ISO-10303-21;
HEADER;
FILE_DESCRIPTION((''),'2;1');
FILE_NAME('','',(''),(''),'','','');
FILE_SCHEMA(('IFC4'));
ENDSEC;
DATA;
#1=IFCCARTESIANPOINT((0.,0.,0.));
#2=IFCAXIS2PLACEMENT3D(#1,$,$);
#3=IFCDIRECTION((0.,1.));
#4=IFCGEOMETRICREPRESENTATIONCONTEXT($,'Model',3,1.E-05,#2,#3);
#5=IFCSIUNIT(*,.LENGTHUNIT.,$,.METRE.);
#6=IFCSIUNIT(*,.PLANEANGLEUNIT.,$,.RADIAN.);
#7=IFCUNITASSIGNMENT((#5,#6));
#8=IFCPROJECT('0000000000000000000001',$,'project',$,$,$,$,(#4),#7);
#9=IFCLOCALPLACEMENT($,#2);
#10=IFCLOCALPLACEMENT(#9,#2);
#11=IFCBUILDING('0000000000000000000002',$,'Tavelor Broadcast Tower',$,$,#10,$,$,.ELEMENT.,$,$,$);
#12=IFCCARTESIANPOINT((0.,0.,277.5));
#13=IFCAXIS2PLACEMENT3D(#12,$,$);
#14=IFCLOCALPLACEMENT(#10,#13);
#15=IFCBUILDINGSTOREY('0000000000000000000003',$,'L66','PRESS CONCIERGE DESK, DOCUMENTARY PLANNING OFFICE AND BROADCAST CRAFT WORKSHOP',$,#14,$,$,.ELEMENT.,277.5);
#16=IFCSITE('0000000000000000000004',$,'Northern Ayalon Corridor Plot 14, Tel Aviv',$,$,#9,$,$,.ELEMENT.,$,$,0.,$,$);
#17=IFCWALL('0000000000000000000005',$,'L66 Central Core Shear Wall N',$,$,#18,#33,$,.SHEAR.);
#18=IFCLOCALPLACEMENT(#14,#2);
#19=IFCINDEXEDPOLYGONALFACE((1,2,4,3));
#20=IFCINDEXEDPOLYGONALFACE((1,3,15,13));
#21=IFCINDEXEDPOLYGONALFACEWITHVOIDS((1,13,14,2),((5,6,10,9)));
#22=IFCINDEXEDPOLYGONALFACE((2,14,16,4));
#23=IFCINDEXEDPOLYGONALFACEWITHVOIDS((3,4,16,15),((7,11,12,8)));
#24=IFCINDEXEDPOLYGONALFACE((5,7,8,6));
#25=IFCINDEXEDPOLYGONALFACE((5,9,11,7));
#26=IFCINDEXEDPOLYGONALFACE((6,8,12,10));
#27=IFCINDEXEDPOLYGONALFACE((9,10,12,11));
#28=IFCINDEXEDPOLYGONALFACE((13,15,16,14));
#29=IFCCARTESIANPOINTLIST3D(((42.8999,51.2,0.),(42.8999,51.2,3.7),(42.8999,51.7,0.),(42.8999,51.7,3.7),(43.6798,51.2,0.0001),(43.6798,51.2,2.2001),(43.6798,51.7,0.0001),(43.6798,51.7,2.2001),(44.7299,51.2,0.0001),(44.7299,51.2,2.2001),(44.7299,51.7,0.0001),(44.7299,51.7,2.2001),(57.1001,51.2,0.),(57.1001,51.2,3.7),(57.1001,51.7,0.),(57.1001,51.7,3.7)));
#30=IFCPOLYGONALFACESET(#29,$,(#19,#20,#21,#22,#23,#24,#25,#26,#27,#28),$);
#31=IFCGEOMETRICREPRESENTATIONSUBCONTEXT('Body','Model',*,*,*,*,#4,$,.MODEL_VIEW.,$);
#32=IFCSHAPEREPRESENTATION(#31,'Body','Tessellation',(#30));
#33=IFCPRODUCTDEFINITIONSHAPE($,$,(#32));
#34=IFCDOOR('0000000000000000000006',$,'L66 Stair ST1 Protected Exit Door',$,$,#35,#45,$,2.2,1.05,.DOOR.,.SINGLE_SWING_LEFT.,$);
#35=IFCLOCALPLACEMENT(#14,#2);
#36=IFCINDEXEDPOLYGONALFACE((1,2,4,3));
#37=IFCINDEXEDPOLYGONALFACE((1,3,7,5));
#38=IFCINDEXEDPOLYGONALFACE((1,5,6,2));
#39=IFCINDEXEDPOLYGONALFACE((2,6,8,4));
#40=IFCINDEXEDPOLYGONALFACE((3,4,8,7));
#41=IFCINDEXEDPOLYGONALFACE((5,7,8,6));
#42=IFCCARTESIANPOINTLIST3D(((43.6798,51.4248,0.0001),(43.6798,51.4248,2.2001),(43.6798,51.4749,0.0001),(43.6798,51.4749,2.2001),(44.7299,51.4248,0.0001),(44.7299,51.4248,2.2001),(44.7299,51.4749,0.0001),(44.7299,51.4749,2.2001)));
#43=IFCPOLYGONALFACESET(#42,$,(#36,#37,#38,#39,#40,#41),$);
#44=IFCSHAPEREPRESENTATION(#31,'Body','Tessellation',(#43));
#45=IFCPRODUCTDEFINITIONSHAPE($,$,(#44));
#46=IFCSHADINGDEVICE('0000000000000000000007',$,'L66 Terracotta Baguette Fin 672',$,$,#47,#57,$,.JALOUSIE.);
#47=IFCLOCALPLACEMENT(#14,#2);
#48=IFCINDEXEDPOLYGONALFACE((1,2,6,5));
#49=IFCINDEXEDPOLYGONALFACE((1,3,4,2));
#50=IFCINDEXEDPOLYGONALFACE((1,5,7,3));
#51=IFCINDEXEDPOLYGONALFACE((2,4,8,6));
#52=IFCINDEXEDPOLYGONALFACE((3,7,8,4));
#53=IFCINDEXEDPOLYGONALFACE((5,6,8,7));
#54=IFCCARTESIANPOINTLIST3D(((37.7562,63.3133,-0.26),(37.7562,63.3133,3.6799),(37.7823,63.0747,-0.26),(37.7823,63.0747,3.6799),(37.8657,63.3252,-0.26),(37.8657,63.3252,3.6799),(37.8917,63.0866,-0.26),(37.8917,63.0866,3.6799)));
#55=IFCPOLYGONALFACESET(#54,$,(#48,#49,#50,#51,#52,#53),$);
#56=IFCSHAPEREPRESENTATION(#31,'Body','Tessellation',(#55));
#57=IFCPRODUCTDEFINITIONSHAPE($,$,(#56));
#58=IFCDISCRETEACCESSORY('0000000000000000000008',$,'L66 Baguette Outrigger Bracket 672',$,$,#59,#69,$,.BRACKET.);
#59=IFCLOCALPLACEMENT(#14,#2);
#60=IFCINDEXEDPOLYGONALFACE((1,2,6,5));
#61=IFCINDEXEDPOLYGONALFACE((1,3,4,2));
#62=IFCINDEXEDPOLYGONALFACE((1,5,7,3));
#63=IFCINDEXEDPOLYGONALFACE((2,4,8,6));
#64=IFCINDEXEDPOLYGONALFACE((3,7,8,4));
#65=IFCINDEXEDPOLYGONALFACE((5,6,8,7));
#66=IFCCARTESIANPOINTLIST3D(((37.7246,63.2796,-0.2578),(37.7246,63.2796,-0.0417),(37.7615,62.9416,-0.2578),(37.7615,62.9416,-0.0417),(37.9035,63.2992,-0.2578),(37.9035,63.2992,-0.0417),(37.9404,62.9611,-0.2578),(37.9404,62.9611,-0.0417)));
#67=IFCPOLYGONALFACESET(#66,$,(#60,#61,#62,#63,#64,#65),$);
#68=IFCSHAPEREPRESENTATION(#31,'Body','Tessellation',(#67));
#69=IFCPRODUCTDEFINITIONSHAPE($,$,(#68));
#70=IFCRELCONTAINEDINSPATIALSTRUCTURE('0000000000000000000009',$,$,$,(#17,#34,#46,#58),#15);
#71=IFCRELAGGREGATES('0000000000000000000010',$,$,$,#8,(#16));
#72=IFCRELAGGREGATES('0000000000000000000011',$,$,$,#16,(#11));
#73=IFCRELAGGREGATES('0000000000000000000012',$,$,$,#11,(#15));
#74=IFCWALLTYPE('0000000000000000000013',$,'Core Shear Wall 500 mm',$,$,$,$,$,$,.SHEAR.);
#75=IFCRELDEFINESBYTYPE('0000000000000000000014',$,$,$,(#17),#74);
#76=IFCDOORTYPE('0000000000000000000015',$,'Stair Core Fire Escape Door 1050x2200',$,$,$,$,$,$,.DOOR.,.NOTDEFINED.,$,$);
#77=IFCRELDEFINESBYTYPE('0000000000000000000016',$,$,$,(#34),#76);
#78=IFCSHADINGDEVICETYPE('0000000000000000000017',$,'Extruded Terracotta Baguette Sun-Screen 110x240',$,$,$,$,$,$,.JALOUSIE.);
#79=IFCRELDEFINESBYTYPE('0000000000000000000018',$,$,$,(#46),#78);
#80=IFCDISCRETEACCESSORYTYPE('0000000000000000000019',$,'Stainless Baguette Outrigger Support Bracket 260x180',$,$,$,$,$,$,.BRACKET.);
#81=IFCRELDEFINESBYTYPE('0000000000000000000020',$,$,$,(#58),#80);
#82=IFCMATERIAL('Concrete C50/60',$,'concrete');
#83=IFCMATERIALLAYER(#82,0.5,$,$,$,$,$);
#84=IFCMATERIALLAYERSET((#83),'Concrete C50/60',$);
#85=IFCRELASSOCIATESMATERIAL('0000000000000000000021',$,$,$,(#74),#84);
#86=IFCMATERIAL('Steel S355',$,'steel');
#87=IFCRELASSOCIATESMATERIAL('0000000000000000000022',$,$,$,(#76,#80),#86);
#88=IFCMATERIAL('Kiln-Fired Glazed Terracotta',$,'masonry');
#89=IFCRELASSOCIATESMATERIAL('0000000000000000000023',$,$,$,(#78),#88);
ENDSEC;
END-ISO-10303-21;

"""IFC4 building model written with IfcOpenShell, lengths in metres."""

from ifc_helpers import new_model, si_unit, direction, frame, frame_2d, origin, origin_2d, place, context, subcontext, project, spatial, rectangle, extrude, source, transform, mapped, material, layer, layer_set, type_object, type_shapes, element, fill, save


model = new_model("IFC4")

# Units and contexts
model_context = context("Model", 3, precision=1e-05, world=origin(), true_north=direction((0.0, 1.0)))
body_context = subcontext(model_context, "Body", "Model", "MODEL_VIEW")
ifc_project = project(units=[si_unit("LENGTHUNIT", "METRE"), si_unit("PLANEANGLEUNIT", "RADIAN")], contexts=[model_context])

# Site, building, storey
site_placement = place(None, origin())
site = spatial("IfcSite", under=ifc_project, at=site_placement, Name="Northern Ayalon Corridor Plot 14, Tel Aviv", CompositionType="ELEMENT", RefElevation=0.0)
building_placement = place(site_placement, origin())
building = spatial("IfcBuilding", under=site, at=building_placement, Name="Tavelor Broadcast Tower", CompositionType="ELEMENT")
storey_placement = place(building_placement, frame((0.0, 0.0, 277.5)))
storey = spatial("IfcBuildingStorey", under=building, at=storey_placement, Name="L66", Description="PRESS CONCIERGE DESK, DOCUMENTARY PLANNING OFFICE AND BROADCAST CRAFT WORKSHOP", CompositionType="ELEMENT", Elevation=277.5)

# Shared definitions
ifc_material_1 = material(Name="Steel S355", Category="steel")

# Wall, opening, door
ifc_material_2 = material(Name="Concrete C50/60", Category="concrete")
ifc_layer_1 = layer(ifc_material_2, 0.5)
ifc_layer_set_1 = layer_set([ifc_layer_1], Name="Concrete C50/60")
wall_type = type_object("IfcWallType", Name="Core Shear Wall 500 mm", PredefinedType="SHEAR", material=ifc_layer_set_1)
wall_placement = place(storey_placement, frame((42.8999, 51.45, 0.0), z_axis=(0.0, 0.0, 1.0), x_axis=(1.0, 0.0, 0.0)))
wall = element("IfcWall", 1, at=wall_placement, inside=storey, type_object=wall_type, Name="L66 Central Core Shear Wall N", PredefinedType="SHEAR", context=body_context, shape_type="SweptSolid", body=[
    extrude(rectangle(XDim=14.2002, YDim=0.5, at=frame_2d((7.1001, 0.0))), origin(), (0.0, 0.0, 1.0), 3.7),
])
opening_placement = place(wall_placement, frame((0.78, 0.0, 0.0)))
opening = element("IfcOpeningElement", 2, at=opening_placement, cuts=wall, PredefinedType="OPENING", context=body_context, shape_type="SweptSolid", body=[
    extrude(rectangle(XDim=1.05, YDim=2.2, at=frame_2d((0.5249, 1.1001))), frame((0.0, 0.26, 0.0), z_axis=(0.0, -1.0, 0.0), x_axis=(1.0, 0.0, 0.0)), (0.0, 0.0, 1.0), 0.52),
])
door_type = type_object("IfcDoorType", Name="Stair Core Fire Escape Door 1050x2200", OperationType="NOTDEFINED", PredefinedType="DOOR", material=ifc_material_1)
door_placement = place(opening_placement, origin())
door = element("IfcDoor", 3, at=door_placement, inside=storey, type_object=door_type, Name="L66 Stair ST1 Protected Exit Door", OperationType="SINGLE_SWING_LEFT", OverallHeight=2.2, OverallWidth=1.05, PredefinedType="DOOR", context=body_context, shape_type="SweptSolid", body=[
    extrude(rectangle(XDim=1.05, YDim=2.2, at=frame_2d((0.5249, 1.1001))), frame((0.0, 0.0249, 0.0), z_axis=(0.0, -1.0, 0.0), x_axis=(1.0, 0.0, 0.0)), (0.0, 0.0, 1.0), 0.05),
])
fill(opening, door)

# Shading device
ifc_material_3 = material(Name="Kiln-Fired Glazed Terracotta", Category="masonry")
shading_device_type = type_object("IfcShadingDeviceType", Name="Extruded Terracotta Baguette Sun-Screen 110x240", PredefinedType="JALOUSIE", material=ifc_material_3)
shared_shape_1 = source(origin(), body_context, "Body", "SweptSolid", [
    extrude(rectangle(XDim=0.1101, YDim=0.24, at=origin_2d()), origin(), (0.0, 0.0, 1.0), 3.9399),
])
type_shapes(shading_device_type, [shared_shape_1])
shading_device_placement = place(storey_placement, frame((37.824, 63.2, -0.26), z_axis=(0.0, 0.0, 1.0), x_axis=(-0.994094, -0.10852, 0.0)))
element("IfcShadingDevice", 4, at=shading_device_placement, inside=storey, type_object=shading_device_type, Name="L66 Terracotta Baguette Fin 672", PredefinedType="JALOUSIE", context=body_context, shape_type="MappedRepresentation", body=[
    mapped(shared_shape_1, transform((0.0, 0.0, 0.0), scale=1.0)),
])

# Discrete accessory
discrete_accessory_type = type_object("IfcDiscreteAccessoryType", Name="Stainless Baguette Outrigger Support Bracket 260x180", PredefinedType="BRACKET", material=ifc_material_1)
shared_shape_2 = source(origin(), body_context, "Body", "SweptSolid", [
    extrude(rectangle(XDim=0.1799, YDim=0.3401, at=origin_2d()), origin(), (0.0, 0.0, 1.0), 0.2161),
])
type_shapes(discrete_accessory_type, [shared_shape_2])
discrete_accessory_placement = place(storey_placement, frame((37.8325, 63.1204, -0.2578), z_axis=(0.0, 0.0, 1.0), x_axis=(-0.994094, -0.10852, 0.0)))
element("IfcDiscreteAccessory", 5, at=discrete_accessory_placement, inside=storey, type_object=discrete_accessory_type, Name="L66 Baguette Outrigger Bracket 672", PredefinedType="BRACKET", context=body_context, shape_type="MappedRepresentation", body=[
    mapped(shared_shape_2, transform((0.0, 0.0, 0.0), scale=1.0)),
])

save(model, "model.ifc")
